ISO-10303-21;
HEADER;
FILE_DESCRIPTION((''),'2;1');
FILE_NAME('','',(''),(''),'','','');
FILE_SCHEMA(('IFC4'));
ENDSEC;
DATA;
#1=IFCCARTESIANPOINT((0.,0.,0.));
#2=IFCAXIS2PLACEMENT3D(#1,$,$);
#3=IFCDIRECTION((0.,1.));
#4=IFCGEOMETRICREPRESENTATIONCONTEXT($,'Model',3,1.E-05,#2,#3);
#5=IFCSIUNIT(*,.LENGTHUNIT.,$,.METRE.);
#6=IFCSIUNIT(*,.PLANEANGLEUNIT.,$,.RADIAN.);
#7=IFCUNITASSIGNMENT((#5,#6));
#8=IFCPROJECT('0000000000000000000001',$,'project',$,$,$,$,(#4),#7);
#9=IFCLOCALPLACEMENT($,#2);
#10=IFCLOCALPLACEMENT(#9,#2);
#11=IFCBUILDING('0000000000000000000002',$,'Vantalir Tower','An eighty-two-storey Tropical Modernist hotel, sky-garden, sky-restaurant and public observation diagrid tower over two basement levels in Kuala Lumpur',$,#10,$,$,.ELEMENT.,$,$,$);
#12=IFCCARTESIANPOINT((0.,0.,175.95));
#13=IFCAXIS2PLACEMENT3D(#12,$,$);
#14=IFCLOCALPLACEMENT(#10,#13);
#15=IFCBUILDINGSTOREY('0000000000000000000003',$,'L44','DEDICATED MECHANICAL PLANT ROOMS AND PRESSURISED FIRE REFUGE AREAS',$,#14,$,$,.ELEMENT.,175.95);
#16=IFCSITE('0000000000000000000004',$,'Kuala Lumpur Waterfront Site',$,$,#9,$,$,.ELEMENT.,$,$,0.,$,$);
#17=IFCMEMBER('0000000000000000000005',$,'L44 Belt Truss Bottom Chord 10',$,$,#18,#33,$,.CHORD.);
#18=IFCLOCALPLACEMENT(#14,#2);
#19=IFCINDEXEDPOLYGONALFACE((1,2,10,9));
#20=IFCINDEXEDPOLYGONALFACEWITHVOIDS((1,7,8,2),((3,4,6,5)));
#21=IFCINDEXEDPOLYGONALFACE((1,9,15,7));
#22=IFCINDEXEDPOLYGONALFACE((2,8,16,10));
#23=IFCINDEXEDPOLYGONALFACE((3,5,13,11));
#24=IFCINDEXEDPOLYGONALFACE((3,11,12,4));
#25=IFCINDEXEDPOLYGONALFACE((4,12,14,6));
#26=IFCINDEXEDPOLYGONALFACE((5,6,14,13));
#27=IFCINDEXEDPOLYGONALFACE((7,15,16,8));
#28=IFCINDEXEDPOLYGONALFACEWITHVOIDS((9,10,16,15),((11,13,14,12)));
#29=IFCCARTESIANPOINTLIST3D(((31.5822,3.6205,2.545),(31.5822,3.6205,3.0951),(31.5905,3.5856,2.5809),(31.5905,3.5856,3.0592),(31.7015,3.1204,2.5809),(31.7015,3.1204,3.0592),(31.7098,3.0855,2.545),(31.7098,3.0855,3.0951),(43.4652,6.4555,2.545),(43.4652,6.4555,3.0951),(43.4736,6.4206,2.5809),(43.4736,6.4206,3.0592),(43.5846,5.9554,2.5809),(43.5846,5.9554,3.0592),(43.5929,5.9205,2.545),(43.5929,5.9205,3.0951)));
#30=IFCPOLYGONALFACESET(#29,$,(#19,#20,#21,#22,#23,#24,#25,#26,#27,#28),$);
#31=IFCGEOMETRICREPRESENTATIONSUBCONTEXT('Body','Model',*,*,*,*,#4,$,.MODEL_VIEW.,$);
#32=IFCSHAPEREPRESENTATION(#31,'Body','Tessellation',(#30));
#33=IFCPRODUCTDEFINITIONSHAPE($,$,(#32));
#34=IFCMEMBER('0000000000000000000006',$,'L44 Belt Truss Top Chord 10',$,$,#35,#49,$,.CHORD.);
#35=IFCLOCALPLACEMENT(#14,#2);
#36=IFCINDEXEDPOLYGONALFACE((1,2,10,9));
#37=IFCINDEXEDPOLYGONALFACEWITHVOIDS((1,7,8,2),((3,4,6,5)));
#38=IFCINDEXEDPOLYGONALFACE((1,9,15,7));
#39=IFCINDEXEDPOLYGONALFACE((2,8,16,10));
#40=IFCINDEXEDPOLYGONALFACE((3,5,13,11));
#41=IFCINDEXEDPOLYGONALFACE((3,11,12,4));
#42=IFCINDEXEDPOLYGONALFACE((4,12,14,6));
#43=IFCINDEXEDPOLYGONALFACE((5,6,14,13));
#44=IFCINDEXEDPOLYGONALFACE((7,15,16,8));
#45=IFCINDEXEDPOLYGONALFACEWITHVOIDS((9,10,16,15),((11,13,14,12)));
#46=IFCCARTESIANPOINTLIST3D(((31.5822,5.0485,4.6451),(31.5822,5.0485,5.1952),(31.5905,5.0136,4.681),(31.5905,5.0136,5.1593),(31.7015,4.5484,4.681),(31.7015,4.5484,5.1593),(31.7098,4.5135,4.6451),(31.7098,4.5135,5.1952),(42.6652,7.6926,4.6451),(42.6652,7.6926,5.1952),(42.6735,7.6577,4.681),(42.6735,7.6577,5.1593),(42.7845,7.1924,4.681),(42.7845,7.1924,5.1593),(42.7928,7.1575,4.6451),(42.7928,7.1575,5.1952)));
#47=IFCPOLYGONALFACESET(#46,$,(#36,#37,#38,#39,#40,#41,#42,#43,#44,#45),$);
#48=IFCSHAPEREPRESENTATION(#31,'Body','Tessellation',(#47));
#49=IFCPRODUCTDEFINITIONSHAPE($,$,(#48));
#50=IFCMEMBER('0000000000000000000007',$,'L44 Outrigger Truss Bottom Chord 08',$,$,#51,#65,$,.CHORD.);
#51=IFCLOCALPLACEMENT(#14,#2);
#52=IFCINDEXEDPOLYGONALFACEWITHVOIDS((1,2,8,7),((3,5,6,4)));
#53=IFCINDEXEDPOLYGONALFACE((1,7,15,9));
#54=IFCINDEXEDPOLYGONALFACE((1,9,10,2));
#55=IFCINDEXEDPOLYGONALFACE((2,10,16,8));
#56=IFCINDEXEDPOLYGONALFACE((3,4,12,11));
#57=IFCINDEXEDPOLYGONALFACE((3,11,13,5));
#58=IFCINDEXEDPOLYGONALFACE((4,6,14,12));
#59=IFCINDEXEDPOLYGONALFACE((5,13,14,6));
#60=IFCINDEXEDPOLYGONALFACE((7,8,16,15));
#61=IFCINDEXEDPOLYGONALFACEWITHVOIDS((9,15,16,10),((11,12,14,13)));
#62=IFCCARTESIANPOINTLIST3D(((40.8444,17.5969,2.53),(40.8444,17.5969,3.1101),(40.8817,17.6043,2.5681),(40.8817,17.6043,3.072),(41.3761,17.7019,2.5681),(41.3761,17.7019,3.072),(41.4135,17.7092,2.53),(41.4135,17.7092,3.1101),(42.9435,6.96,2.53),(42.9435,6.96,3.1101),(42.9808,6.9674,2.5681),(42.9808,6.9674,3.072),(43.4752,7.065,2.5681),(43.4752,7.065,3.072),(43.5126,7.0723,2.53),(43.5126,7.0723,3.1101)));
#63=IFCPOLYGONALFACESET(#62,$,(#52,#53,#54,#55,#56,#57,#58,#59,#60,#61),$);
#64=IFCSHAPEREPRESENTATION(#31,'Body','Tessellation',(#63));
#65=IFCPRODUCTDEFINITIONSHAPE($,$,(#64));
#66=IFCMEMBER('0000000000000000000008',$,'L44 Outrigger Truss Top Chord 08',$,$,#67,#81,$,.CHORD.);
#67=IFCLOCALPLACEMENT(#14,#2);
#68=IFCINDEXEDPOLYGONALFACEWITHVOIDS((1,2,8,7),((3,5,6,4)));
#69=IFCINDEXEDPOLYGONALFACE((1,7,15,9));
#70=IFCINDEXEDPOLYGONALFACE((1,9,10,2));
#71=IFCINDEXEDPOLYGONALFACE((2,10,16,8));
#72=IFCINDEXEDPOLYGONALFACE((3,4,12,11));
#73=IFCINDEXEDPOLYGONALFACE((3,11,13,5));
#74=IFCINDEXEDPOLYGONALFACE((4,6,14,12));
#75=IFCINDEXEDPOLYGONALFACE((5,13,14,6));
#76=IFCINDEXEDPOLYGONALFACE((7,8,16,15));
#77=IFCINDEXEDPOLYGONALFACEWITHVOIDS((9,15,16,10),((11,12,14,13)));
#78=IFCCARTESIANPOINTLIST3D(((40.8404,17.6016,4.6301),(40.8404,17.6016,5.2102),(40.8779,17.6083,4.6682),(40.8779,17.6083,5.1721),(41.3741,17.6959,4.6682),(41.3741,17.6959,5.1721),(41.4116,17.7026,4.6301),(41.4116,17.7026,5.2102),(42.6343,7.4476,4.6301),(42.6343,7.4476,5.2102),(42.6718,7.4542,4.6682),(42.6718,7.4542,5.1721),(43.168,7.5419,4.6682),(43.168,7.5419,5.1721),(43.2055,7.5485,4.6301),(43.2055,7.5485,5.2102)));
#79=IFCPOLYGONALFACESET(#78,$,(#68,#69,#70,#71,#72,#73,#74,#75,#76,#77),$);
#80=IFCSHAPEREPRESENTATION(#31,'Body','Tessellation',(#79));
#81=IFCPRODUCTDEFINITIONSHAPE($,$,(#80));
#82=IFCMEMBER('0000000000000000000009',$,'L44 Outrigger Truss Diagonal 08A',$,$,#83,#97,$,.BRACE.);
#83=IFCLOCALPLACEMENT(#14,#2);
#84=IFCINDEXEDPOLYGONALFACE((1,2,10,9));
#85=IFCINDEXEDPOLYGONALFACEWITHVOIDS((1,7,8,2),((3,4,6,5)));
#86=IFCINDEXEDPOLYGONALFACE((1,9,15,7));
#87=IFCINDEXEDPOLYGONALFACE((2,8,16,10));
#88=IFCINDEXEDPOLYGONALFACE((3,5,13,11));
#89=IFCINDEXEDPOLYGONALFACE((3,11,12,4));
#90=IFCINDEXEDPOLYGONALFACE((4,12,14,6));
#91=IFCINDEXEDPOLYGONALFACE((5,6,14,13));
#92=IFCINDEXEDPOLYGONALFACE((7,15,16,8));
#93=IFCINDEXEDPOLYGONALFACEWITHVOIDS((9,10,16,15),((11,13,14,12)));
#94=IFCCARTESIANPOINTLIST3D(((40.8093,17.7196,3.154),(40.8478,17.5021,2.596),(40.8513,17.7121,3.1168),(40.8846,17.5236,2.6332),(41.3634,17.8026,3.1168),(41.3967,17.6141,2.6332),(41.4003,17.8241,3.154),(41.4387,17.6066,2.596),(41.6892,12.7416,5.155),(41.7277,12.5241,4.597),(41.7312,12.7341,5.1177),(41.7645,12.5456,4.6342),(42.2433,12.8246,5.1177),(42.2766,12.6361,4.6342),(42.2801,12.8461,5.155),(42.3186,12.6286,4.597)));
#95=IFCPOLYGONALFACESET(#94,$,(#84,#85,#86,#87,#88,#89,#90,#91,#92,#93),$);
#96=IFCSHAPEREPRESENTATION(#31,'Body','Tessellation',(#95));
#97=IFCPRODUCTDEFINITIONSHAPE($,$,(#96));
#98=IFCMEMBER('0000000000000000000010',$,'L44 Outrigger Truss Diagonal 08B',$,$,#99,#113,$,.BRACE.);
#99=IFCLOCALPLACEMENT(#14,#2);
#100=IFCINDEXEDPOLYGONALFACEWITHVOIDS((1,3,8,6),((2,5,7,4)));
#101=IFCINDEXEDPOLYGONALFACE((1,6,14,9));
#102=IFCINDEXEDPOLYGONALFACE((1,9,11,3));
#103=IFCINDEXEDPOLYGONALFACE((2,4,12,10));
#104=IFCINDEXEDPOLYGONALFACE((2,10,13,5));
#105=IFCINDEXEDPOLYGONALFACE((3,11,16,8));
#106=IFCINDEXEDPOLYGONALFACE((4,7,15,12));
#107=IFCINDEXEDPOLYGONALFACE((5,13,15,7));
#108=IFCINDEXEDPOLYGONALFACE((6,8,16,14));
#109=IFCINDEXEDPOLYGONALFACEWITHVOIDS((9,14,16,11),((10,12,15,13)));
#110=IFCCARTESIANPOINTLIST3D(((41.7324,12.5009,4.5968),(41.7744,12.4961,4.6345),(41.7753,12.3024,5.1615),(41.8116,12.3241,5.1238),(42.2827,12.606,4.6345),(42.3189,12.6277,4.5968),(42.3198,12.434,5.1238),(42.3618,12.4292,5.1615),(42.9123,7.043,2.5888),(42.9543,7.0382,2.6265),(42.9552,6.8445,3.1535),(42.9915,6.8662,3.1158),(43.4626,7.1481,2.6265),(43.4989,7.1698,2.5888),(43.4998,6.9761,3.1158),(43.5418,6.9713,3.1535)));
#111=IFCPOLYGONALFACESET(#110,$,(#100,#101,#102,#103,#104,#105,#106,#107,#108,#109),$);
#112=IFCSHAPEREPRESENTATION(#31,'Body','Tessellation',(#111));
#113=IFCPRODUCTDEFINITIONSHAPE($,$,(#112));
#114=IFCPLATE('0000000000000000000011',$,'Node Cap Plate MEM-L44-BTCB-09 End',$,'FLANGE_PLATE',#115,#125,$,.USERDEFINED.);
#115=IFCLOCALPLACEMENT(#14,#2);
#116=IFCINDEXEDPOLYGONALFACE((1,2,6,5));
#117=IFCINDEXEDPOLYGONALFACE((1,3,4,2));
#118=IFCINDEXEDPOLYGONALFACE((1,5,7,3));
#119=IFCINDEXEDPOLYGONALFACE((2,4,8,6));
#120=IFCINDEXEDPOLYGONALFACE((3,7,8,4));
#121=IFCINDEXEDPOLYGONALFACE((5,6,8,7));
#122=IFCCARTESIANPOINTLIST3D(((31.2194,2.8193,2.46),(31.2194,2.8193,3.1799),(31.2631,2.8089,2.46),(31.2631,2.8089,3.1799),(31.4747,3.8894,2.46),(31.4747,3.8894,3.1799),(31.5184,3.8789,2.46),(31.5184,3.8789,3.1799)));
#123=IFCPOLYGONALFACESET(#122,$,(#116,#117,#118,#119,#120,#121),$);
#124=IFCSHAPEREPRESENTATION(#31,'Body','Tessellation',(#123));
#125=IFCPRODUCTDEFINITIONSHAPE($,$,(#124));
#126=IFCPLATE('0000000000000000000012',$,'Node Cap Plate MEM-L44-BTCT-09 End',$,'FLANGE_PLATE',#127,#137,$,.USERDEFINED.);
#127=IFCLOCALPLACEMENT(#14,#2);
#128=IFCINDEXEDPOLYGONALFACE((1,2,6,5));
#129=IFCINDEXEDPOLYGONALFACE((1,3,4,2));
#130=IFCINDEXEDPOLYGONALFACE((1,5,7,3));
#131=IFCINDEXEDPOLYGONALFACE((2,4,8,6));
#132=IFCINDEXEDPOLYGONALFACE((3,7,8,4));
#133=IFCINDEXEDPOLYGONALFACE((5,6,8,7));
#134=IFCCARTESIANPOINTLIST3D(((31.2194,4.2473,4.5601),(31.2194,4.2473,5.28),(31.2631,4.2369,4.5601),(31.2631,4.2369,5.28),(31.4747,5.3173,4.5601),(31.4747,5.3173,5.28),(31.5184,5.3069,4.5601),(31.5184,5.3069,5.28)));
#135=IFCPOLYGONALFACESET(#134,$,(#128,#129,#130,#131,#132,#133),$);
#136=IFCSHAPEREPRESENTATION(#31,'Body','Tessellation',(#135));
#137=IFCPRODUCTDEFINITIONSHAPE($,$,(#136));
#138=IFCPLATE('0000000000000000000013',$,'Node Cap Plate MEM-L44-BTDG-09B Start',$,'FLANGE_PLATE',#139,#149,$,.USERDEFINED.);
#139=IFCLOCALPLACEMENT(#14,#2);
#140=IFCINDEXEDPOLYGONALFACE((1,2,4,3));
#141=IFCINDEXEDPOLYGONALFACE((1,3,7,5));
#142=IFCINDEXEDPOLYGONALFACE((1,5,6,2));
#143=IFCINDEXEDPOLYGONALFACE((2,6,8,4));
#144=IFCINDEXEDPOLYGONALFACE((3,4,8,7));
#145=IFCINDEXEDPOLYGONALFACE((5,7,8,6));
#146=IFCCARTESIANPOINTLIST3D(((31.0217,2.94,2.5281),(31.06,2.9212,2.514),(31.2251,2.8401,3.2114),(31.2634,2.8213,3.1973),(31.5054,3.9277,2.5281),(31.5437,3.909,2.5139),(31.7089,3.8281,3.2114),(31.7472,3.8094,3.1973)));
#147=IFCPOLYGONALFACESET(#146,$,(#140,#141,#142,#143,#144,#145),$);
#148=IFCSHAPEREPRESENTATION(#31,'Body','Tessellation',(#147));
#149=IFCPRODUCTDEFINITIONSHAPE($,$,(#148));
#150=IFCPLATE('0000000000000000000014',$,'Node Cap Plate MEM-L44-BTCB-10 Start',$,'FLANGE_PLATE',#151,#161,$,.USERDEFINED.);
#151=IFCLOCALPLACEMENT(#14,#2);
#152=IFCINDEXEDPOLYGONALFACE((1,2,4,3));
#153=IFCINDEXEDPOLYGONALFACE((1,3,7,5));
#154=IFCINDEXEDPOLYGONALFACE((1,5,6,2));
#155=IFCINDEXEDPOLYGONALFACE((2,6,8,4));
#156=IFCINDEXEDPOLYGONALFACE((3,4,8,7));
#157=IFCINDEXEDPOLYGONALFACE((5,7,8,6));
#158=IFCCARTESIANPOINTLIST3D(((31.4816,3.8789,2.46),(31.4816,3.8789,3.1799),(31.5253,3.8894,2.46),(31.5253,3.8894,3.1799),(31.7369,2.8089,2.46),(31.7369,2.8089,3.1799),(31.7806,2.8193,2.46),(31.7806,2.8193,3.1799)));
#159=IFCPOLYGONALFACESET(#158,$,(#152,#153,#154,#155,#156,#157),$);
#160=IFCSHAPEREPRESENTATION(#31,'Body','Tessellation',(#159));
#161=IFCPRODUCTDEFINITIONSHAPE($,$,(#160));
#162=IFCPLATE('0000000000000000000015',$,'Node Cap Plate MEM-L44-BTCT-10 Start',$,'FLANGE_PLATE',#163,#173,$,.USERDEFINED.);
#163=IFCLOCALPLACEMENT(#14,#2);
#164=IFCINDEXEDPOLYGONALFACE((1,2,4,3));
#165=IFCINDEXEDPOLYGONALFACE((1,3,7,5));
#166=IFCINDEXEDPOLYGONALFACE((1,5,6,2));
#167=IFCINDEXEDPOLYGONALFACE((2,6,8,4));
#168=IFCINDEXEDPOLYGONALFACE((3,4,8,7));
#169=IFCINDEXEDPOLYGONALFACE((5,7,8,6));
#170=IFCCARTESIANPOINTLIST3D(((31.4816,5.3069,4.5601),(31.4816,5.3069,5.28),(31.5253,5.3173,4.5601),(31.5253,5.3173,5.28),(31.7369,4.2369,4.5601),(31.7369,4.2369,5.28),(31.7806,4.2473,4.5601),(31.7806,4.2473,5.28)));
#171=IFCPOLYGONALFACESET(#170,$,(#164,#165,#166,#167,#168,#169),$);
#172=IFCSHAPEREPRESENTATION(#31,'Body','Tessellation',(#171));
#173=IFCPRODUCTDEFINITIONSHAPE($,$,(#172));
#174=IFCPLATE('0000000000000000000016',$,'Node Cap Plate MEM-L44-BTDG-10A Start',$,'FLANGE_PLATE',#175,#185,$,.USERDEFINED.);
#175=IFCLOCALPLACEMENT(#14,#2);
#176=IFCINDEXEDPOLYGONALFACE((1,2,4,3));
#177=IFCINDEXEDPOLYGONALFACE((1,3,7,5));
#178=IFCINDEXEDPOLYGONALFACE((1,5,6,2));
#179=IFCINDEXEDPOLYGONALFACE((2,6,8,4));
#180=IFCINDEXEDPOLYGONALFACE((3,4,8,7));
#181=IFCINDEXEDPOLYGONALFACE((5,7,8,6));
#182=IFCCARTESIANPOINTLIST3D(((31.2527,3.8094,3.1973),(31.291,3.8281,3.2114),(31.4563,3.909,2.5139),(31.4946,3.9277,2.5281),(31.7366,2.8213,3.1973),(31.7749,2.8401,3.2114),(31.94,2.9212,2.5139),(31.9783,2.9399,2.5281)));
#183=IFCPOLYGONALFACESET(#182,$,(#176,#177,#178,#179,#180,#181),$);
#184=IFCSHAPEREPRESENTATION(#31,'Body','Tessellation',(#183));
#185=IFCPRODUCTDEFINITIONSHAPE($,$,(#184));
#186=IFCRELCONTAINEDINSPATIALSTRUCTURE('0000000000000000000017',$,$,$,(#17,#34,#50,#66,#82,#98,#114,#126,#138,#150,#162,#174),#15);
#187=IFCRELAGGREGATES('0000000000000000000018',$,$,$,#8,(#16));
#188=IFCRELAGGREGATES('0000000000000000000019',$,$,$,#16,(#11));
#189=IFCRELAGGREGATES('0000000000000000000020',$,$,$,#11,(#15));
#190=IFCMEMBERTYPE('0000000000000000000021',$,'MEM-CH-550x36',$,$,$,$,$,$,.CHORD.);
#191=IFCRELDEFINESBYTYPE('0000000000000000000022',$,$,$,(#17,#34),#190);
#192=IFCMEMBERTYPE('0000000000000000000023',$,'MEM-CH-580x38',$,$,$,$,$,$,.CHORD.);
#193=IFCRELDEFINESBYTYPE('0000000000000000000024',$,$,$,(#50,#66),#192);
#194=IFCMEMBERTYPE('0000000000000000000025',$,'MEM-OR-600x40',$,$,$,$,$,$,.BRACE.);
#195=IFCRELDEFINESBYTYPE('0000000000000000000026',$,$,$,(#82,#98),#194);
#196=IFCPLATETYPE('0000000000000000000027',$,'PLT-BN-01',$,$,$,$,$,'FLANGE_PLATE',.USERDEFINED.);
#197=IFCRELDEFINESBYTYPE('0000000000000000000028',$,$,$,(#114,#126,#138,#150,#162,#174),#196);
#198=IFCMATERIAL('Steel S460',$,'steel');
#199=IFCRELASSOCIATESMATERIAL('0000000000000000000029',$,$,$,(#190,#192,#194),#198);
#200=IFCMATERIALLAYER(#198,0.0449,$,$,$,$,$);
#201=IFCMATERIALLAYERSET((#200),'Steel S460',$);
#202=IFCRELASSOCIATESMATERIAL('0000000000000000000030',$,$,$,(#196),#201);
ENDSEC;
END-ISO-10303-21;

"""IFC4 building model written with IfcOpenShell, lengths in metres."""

from ifc_helpers import new_model, si_unit, direction, frame, origin, origin_2d, place, context, subcontext, project, spatial, polyline, rectangle, hollow_rectangle, outline, extrude, material, layer, layer_set, material_profile, profile_set, type_object, element, save


model = new_model("IFC4")

# Units and contexts
model_context = context("Model", 3, precision=1e-05, world=origin(), true_north=direction((0.0, 1.0)))
body_context = subcontext(model_context, "Body", "Model", "MODEL_VIEW")
ifc_project = project(units=[si_unit("LENGTHUNIT", "METRE"), si_unit("PLANEANGLEUNIT", "RADIAN")], contexts=[model_context])

# Site, building, storey
site_placement = place(None, origin())
site = spatial("IfcSite", under=ifc_project, at=site_placement, Name="Kuala Lumpur Waterfront Site", CompositionType="ELEMENT", RefElevation=0.0)
building_placement = place(site_placement, origin())
building = spatial("IfcBuilding", under=site, at=building_placement, Name="Vantalir Tower", Description="An eighty-two-storey Tropical Modernist hotel, sky-garden, sky-restaurant and public observation diagrid tower over two basement levels in Kuala Lumpur", CompositionType="ELEMENT")
storey_placement = place(building_placement, frame((0.0, 0.0, 175.95)))
storey = spatial("IfcBuildingStorey", under=building, at=storey_placement, Name="L44", Description="DEDICATED MECHANICAL PLANT ROOMS AND PRESSURISED FIRE REFUGE AREAS", CompositionType="ELEMENT", Elevation=175.95)

# Shared definitions
ifc_material_1 = material(Name="Steel S460", Category="steel")

# Members
ifc_material_profile_1 = material_profile(ifc_material_1, hollow_rectangle(XDim=0.55, YDim=0.55, WallThickness=0.0359, at=origin_2d()), Name="Steel S460")
ifc_profile_set_1 = profile_set([ifc_material_profile_1], Name="Steel S460")
member_type_1 = type_object("IfcMemberType", Name="MEM-CH-550x36", PredefinedType="CHORD", material=ifc_profile_set_1)
member_1_placement = place(storey_placement, frame((31.646, 3.353, 2.8201), z_axis=(0.972702, 0.232059, 0.0), x_axis=(-0.232059, 0.972702, 0.0)))
element("IfcMember", 1, at=member_1_placement, inside=storey, type_object=member_type_1, Name="L44 Belt Truss Bottom Chord 10", PredefinedType="CHORD", context=body_context, shape_type="SweptSolid", body=[
    extrude(hollow_rectangle(XDim=0.55, YDim=0.55, WallThickness=0.0359, at=origin_2d()), origin(), (0.0, 0.0, 1.0), 12.2166),
])
member_2_placement = place(storey_placement, frame((31.646, 4.781, 4.9202), z_axis=(0.972703, 0.232055, 0.0), x_axis=(-0.232055, 0.972703, 0.0)))
element("IfcMember", 2, at=member_2_placement, inside=storey, type_object=member_type_1, Name="L44 Belt Truss Top Chord 10", PredefinedType="CHORD", context=body_context, shape_type="SweptSolid", body=[
    extrude(hollow_rectangle(XDim=0.55, YDim=0.55, WallThickness=0.0359, at=origin_2d()), origin(), (0.0, 0.0, 1.0), 11.394),
])
ifc_material_profile_2 = material_profile(ifc_material_1, hollow_rectangle(XDim=0.5801, YDim=0.5801, WallThickness=0.0381, at=origin_2d()), Name="Steel S460")
ifc_profile_set_2 = profile_set([ifc_material_profile_2], Name="Steel S460")
member_type_2 = type_object("IfcMemberType", Name="MEM-CH-580x38", PredefinedType="CHORD", material=ifc_profile_set_2)
member_3_placement = place(storey_placement, frame((41.1289, 17.6531, 2.8201), z_axis=(0.193608, -0.981079, 0.0), x_axis=(0.981079, 0.193608, 0.0)))
element("IfcMember", 3, at=member_3_placement, inside=storey, type_object=member_type_2, Name="L44 Outrigger Truss Bottom Chord 08", PredefinedType="CHORD", context=body_context, shape_type="SweptSolid", body=[
    extrude(hollow_rectangle(XDim=0.5801, YDim=0.5801, WallThickness=0.0381, at=origin_2d()), origin(), (0.0, 0.0, 1.0), 10.842),
])
member_4_placement = place(storey_placement, frame((41.126, 17.6521, 4.9202), z_axis=(0.173978, -0.984749, 0.0), x_axis=(0.984749, 0.173978, 0.0)))
element("IfcMember", 4, at=member_4_placement, inside=storey, type_object=member_type_2, Name="L44 Outrigger Truss Top Chord 08", PredefinedType="CHORD", context=body_context, shape_type="SweptSolid", body=[
    extrude(hollow_rectangle(XDim=0.5801, YDim=0.5801, WallThickness=0.0381, at=origin_2d()), origin(), (0.0, 0.0, 1.0), 10.3113),
])
ifc_material_profile_3 = material_profile(ifc_material_1, hollow_rectangle(XDim=0.6001, YDim=0.6001, WallThickness=0.04, at=origin_2d()), Name="Steel S460")
ifc_profile_set_3 = profile_set([ifc_material_profile_3], Name="Steel S460")
member_type_3 = type_object("IfcMemberType", Name="MEM-OR-600x40", PredefinedType="BRACE", material=ifc_profile_set_3)
member_5_placement = place(storey_placement, frame((41.124, 17.6631, 2.875), z_axis=(0.161838, -0.915616, 0.368043), x_axis=(0.984736, 0.174055, 0.0)))
element("IfcMember", 5, at=member_5_placement, inside=storey, type_object=member_type_3, Name="L44 Outrigger Truss Diagonal 08A", PredefinedType="BRACE", context=body_context, shape_type="SweptSolid", body=[
    extrude(hollow_rectangle(XDim=0.6001, YDim=0.6001, WallThickness=0.04, at=origin_2d()), origin(), (0.0, 0.0, 1.0), 5.4368),
])
member_6_placement = place(storey_placement, frame((42.0471, 12.4651, 4.8792), z_axis=(0.198837, -0.919759, -0.338389), x_axis=(0.977421, 0.211302, 0.0)))
element("IfcMember", 6, at=member_6_placement, inside=storey, type_object=member_type_3, Name="L44 Outrigger Truss Diagonal 08B", PredefinedType="BRACE", context=body_context, shape_type="SweptSolid", body=[
    extrude(hollow_rectangle(XDim=0.6001, YDim=0.6001, WallThickness=0.04, at=origin_2d()), origin(), (0.0, 0.0, 1.0), 5.9341),
])

# Plates
ifc_layer_1 = layer(ifc_material_1, 0.0449)
ifc_layer_set_1 = layer_set([ifc_layer_1], Name="Steel S460")
plate_type_1 = type_object("IfcPlateType", Name="PLT-BN-01", ElementType="FLANGE_PLATE", PredefinedType="USERDEFINED", material=ifc_layer_set_1)
for number, where, z_axis, x_axis, name in (
    (7, (31.3689, 3.3491, 2.46), (0.0, 0.0, 1.0), (0.972695, -0.232087, 0.0), "Node Cap Plate MEM-L44-BTCB-09 End"),
    (8, (31.3689, 4.7771, 4.5601), (0.0, 0.0, 1.0), (0.972695, -0.232087, 0.0), "Node Cap Plate MEM-L44-BTCT-09 End"),
):
    element("IfcPlate", number, at=place(storey_placement, frame(where, z_axis=z_axis, x_axis=x_axis)), inside=storey, type_object=plate_type_1, Name=name, ObjectType="FLANGE_PLATE", PredefinedType="USERDEFINED", context=body_context, shape_type="SweptSolid", body=[
        extrude(rectangle(XDim=0.0449, YDim=1.1001, at=origin_2d()), origin(), (0.0, 0.0, 1.0), 0.72),
    ])
plate_1_placement = place(storey_placement, frame((31.5054, 3.9277, 2.5281), z_axis=(-0.852451, 0.41743, 0.314769), x_axis=(-0.439781, -0.898105, 0.000015)))
element("IfcPlate", 9, at=plate_1_placement, inside=storey, type_object=plate_type_1, Name="Node Cap Plate MEM-L44-BTDG-09B Start", ObjectType="FLANGE_PLATE", PredefinedType="USERDEFINED", context=body_context, shape_type="SweptSolid", body=[
    extrude(outline(polyline([(0.0, 0.0), (1.0998, 0.0), (1.1001, 0.7199), (-0.0001, 0.72), (0.0, 0.0)])), origin(), (0.0, 0.0, -1.0), 0.0449),
])
for number, where, z_axis, x_axis, name in (
    (10, (31.6311, 3.3491, 2.46), (0.0, 0.0, 1.0), (0.972695, 0.232087, 0.0), "Node Cap Plate MEM-L44-BTCB-10 Start"),
    (11, (31.6311, 4.7771, 4.5601), (0.0, 0.0, 1.0), (0.972695, 0.232087, 0.0), "Node Cap Plate MEM-L44-BTCT-10 Start"),
):
    element("IfcPlate", number, at=place(storey_placement, frame(where, z_axis=z_axis, x_axis=x_axis)), inside=storey, type_object=plate_type_1, Name=name, ObjectType="FLANGE_PLATE", PredefinedType="USERDEFINED", context=body_context, shape_type="SweptSolid", body=[
        extrude(rectangle(XDim=0.0449, YDim=1.1001, at=origin_2d()), origin(), (0.0, 0.0, 1.0), 0.72),
    ])
plate_2_placement = place(storey_placement, frame((31.9783, 2.9399, 2.5281), z_axis=(0.852451, 0.41743, 0.314769), x_axis=(-0.439781, 0.898105, -0.000015)))
element("IfcPlate", 12, at=plate_2_placement, inside=storey, type_object=plate_type_1, Name="Node Cap Plate MEM-L44-BTDG-10A Start", ObjectType="FLANGE_PLATE", PredefinedType="USERDEFINED", context=body_context, shape_type="SweptSolid", body=[
    extrude(outline(polyline([(0.0, 0.0), (1.0998, 0.0), (1.0999, 0.72), (-0.0003, 0.7199), (0.0, 0.0)])), origin(), (0.0, 0.0, -1.0), 0.0449),
])

save(model, "model.ifc")
